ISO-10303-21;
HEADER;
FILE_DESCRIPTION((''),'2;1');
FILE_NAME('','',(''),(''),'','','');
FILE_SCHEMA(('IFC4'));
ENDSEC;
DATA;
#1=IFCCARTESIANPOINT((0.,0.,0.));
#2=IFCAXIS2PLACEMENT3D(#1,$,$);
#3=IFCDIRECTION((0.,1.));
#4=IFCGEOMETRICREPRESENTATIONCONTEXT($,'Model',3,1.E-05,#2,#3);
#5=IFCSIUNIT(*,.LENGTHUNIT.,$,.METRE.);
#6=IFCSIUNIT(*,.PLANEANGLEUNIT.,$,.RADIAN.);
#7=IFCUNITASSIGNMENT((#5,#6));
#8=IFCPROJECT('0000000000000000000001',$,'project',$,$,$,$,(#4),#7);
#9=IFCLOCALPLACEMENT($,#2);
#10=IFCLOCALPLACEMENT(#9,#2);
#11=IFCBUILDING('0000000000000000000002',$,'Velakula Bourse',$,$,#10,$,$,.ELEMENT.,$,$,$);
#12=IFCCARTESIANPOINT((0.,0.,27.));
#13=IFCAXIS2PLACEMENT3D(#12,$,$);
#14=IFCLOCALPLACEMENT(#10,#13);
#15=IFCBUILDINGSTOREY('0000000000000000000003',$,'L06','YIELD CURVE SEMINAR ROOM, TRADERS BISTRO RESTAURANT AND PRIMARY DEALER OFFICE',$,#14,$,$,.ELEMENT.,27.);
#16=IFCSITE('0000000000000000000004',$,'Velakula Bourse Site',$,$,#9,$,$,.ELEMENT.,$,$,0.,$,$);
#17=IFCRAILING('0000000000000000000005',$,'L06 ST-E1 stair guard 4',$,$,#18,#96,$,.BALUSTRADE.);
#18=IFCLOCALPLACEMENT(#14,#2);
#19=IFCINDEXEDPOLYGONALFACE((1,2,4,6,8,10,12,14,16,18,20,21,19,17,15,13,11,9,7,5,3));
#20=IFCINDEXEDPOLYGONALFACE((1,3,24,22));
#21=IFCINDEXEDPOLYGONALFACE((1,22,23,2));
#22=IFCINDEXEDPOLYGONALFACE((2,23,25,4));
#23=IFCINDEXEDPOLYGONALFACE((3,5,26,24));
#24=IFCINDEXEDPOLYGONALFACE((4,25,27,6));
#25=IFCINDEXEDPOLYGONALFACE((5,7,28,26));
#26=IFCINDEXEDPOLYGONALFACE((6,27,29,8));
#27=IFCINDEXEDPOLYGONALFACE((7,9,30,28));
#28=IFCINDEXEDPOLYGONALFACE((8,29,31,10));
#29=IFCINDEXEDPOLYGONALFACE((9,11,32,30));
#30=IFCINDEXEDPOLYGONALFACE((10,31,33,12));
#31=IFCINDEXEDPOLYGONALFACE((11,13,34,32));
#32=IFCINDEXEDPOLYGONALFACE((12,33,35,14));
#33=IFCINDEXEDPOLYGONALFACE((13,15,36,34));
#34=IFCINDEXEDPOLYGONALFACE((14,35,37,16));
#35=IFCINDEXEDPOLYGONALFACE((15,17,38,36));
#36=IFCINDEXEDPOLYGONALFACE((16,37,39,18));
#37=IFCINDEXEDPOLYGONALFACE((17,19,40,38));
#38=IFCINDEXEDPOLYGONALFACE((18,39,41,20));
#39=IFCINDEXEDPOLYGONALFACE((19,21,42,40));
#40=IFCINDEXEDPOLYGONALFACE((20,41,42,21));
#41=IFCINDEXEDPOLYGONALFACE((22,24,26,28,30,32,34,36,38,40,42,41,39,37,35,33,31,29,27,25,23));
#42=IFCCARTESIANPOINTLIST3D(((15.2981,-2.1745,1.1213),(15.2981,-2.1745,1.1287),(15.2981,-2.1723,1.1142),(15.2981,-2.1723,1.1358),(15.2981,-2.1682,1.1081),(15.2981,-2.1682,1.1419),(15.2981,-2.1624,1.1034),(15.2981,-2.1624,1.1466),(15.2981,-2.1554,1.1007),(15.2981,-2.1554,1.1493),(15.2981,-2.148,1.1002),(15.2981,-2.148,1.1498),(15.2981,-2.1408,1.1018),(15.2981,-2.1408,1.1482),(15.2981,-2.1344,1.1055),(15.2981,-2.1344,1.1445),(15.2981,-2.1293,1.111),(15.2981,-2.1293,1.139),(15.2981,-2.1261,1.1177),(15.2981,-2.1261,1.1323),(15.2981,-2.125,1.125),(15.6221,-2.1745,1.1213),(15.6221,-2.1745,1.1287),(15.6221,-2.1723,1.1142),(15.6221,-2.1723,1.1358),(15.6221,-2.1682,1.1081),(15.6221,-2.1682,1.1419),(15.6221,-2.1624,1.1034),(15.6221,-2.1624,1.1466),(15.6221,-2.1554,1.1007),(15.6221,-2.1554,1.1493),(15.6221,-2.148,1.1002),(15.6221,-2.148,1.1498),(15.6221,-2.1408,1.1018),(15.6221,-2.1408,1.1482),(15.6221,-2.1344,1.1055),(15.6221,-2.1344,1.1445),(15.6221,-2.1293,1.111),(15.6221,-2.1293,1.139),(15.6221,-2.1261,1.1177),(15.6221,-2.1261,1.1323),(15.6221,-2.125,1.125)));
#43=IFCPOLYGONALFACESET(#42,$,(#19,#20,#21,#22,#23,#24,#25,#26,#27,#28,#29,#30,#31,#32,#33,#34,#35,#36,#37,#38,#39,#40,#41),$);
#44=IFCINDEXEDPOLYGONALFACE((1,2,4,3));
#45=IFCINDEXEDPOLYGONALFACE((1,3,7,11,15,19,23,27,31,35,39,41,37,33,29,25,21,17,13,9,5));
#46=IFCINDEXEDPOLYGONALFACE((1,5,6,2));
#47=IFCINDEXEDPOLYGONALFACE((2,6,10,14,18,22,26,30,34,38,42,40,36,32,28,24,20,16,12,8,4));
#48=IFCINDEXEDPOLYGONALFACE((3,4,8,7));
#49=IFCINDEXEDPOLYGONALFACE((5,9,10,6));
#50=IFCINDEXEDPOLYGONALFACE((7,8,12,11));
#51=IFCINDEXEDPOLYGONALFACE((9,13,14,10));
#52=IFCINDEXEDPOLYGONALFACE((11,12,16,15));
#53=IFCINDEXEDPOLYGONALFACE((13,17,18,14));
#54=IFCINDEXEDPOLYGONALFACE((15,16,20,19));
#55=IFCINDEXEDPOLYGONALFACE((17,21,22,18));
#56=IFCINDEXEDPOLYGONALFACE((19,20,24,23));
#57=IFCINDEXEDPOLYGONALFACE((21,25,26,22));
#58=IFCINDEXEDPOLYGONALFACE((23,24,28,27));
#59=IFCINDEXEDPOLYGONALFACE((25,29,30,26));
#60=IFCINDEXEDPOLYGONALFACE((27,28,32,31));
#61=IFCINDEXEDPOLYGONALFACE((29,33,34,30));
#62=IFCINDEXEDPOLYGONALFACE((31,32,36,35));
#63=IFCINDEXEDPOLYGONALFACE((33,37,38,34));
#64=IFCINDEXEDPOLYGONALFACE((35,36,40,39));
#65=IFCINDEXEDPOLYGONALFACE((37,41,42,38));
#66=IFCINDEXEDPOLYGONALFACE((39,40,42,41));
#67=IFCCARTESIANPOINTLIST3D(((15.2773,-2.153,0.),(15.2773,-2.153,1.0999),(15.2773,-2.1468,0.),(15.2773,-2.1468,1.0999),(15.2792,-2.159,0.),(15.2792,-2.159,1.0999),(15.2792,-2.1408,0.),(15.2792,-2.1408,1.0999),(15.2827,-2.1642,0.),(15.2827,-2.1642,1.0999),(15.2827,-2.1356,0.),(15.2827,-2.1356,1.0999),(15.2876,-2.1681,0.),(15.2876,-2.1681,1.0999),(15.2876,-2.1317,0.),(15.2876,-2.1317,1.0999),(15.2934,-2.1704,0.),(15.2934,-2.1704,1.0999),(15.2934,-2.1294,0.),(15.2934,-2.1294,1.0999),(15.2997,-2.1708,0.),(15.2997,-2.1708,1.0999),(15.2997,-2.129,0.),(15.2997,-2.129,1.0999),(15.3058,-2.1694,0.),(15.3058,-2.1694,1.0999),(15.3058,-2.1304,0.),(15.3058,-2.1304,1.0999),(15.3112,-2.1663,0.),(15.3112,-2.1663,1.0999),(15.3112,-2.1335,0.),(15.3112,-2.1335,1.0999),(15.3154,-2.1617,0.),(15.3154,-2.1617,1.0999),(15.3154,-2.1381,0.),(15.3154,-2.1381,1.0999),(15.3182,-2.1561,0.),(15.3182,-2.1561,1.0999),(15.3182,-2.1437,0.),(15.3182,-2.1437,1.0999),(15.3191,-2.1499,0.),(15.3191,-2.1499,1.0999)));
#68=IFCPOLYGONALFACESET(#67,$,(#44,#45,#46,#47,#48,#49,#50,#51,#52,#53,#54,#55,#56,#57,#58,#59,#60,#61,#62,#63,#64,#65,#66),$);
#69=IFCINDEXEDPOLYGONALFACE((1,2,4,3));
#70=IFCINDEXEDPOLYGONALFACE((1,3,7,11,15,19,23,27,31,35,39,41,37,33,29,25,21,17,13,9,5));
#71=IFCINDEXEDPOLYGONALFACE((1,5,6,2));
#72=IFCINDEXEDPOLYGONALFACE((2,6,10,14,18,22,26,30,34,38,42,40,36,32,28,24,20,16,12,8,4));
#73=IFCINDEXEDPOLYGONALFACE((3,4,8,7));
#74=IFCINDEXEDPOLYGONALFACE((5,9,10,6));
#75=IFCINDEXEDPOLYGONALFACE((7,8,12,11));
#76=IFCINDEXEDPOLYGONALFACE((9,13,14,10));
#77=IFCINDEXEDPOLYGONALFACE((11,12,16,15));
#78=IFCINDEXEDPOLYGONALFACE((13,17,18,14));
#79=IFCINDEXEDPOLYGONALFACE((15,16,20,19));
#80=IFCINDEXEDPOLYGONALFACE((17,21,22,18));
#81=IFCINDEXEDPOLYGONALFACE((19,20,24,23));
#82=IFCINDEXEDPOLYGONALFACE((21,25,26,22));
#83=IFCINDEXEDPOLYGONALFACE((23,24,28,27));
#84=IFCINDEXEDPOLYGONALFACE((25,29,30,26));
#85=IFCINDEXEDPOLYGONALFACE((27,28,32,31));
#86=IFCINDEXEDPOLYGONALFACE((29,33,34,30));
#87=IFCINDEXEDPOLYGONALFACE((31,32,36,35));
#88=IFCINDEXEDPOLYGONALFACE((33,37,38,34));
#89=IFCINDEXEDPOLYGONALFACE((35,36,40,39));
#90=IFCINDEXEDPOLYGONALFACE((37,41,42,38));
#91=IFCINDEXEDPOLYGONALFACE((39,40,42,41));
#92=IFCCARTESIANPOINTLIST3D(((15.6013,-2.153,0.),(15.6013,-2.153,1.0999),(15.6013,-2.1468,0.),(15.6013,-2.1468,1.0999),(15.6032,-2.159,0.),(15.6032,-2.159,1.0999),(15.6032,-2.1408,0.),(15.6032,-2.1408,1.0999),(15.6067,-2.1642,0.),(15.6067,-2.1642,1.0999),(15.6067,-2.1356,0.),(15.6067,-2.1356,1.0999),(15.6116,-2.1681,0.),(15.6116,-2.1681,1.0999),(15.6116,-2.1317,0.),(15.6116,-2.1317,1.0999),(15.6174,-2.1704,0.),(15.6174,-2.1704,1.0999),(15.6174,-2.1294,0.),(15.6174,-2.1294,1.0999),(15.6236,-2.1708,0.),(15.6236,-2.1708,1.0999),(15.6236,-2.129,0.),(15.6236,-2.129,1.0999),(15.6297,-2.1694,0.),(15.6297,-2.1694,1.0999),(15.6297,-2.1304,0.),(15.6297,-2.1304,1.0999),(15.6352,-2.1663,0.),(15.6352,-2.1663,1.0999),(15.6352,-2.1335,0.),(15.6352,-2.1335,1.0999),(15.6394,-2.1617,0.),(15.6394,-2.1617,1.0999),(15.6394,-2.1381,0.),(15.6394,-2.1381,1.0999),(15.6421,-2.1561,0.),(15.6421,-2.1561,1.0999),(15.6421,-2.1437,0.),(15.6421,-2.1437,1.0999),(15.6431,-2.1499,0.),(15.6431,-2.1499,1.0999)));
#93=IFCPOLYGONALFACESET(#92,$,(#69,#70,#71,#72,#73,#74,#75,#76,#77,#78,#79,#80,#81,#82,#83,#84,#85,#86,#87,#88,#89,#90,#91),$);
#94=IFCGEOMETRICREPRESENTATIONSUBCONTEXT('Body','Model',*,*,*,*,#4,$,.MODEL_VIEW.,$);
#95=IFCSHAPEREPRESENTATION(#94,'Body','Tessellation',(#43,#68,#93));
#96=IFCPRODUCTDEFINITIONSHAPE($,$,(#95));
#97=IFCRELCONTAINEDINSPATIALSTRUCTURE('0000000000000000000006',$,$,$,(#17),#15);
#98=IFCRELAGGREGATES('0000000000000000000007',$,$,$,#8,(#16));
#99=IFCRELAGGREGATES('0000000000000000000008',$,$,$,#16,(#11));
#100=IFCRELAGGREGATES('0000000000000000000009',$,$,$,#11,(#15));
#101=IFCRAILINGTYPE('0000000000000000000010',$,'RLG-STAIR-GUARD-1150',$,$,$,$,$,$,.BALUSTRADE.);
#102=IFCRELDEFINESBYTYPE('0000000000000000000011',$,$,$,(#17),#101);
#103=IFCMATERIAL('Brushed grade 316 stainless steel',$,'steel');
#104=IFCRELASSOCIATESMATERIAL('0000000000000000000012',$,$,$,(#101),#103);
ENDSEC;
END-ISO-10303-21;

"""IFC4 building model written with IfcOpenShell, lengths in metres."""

from ifc_helpers import new_model, si_unit, direction, frame, origin, origin_2d, place, context, subcontext, project, spatial, circle, extrude, material, type_object, element, save


model = new_model("IFC4")

# Units and contexts
model_context = context("Model", 3, precision=1e-05, world=origin(), true_north=direction((0.0, 1.0)))
body_context = subcontext(model_context, "Body", "Model", "MODEL_VIEW")
ifc_project = project(units=[si_unit("LENGTHUNIT", "METRE"), si_unit("PLANEANGLEUNIT", "RADIAN")], contexts=[model_context])

# Site, building, storey
site_placement = place(None, origin())
site = spatial("IfcSite", under=ifc_project, at=site_placement, Name="Velakula Bourse Site", CompositionType="ELEMENT", RefElevation=0.0)
building_placement = place(site_placement, origin())
building = spatial("IfcBuilding", under=site, at=building_placement, Name="Velakula Bourse", CompositionType="ELEMENT")
storey_placement = place(building_placement, frame((0.0, 0.0, 27.0)))
storey = spatial("IfcBuildingStorey", under=building, at=storey_placement, Name="L06", Description="YIELD CURVE SEMINAR ROOM, TRADERS BISTRO RESTAURANT AND PRIMARY DEALER OFFICE", CompositionType="ELEMENT", Elevation=27.0)

# Shared definitions
ifc_material_1 = material(Name="Brushed grade 316 stainless steel", Category="steel")

# Railing
railing_type_1 = type_object("IfcRailingType", Name="RLG-STAIR-GUARD-1150", PredefinedType="BALUSTRADE", material=ifc_material_1)
railing_1_placement = place(storey_placement, frame((15.2981, -2.1499, 0.0)))
element("IfcRailing", 1, at=railing_1_placement, inside=storey, type_object=railing_type_1, Name="L06 ST-E1 stair guard 4", PredefinedType="BALUSTRADE", context=body_context, shape_type="SweptSolid", body=[
    extrude(circle(Radius=0.0249, at=origin_2d()), frame((0.0, 0.0, 1.125), z_axis=(1.0, 0.0, 0.0), x_axis=(0.0, 1.0, 0.0)), (0.0, 0.0, 1.0), 0.324),
    extrude(circle(Radius=0.021, at=origin_2d()), origin(), (0.0, 0.0, 1.0), 1.0999),
    extrude(circle(Radius=0.021, at=origin_2d()), frame((0.324, 0.0, 0.0)), (0.0, 0.0, 1.0), 1.0999),
])

save(model, "model.ifc")
